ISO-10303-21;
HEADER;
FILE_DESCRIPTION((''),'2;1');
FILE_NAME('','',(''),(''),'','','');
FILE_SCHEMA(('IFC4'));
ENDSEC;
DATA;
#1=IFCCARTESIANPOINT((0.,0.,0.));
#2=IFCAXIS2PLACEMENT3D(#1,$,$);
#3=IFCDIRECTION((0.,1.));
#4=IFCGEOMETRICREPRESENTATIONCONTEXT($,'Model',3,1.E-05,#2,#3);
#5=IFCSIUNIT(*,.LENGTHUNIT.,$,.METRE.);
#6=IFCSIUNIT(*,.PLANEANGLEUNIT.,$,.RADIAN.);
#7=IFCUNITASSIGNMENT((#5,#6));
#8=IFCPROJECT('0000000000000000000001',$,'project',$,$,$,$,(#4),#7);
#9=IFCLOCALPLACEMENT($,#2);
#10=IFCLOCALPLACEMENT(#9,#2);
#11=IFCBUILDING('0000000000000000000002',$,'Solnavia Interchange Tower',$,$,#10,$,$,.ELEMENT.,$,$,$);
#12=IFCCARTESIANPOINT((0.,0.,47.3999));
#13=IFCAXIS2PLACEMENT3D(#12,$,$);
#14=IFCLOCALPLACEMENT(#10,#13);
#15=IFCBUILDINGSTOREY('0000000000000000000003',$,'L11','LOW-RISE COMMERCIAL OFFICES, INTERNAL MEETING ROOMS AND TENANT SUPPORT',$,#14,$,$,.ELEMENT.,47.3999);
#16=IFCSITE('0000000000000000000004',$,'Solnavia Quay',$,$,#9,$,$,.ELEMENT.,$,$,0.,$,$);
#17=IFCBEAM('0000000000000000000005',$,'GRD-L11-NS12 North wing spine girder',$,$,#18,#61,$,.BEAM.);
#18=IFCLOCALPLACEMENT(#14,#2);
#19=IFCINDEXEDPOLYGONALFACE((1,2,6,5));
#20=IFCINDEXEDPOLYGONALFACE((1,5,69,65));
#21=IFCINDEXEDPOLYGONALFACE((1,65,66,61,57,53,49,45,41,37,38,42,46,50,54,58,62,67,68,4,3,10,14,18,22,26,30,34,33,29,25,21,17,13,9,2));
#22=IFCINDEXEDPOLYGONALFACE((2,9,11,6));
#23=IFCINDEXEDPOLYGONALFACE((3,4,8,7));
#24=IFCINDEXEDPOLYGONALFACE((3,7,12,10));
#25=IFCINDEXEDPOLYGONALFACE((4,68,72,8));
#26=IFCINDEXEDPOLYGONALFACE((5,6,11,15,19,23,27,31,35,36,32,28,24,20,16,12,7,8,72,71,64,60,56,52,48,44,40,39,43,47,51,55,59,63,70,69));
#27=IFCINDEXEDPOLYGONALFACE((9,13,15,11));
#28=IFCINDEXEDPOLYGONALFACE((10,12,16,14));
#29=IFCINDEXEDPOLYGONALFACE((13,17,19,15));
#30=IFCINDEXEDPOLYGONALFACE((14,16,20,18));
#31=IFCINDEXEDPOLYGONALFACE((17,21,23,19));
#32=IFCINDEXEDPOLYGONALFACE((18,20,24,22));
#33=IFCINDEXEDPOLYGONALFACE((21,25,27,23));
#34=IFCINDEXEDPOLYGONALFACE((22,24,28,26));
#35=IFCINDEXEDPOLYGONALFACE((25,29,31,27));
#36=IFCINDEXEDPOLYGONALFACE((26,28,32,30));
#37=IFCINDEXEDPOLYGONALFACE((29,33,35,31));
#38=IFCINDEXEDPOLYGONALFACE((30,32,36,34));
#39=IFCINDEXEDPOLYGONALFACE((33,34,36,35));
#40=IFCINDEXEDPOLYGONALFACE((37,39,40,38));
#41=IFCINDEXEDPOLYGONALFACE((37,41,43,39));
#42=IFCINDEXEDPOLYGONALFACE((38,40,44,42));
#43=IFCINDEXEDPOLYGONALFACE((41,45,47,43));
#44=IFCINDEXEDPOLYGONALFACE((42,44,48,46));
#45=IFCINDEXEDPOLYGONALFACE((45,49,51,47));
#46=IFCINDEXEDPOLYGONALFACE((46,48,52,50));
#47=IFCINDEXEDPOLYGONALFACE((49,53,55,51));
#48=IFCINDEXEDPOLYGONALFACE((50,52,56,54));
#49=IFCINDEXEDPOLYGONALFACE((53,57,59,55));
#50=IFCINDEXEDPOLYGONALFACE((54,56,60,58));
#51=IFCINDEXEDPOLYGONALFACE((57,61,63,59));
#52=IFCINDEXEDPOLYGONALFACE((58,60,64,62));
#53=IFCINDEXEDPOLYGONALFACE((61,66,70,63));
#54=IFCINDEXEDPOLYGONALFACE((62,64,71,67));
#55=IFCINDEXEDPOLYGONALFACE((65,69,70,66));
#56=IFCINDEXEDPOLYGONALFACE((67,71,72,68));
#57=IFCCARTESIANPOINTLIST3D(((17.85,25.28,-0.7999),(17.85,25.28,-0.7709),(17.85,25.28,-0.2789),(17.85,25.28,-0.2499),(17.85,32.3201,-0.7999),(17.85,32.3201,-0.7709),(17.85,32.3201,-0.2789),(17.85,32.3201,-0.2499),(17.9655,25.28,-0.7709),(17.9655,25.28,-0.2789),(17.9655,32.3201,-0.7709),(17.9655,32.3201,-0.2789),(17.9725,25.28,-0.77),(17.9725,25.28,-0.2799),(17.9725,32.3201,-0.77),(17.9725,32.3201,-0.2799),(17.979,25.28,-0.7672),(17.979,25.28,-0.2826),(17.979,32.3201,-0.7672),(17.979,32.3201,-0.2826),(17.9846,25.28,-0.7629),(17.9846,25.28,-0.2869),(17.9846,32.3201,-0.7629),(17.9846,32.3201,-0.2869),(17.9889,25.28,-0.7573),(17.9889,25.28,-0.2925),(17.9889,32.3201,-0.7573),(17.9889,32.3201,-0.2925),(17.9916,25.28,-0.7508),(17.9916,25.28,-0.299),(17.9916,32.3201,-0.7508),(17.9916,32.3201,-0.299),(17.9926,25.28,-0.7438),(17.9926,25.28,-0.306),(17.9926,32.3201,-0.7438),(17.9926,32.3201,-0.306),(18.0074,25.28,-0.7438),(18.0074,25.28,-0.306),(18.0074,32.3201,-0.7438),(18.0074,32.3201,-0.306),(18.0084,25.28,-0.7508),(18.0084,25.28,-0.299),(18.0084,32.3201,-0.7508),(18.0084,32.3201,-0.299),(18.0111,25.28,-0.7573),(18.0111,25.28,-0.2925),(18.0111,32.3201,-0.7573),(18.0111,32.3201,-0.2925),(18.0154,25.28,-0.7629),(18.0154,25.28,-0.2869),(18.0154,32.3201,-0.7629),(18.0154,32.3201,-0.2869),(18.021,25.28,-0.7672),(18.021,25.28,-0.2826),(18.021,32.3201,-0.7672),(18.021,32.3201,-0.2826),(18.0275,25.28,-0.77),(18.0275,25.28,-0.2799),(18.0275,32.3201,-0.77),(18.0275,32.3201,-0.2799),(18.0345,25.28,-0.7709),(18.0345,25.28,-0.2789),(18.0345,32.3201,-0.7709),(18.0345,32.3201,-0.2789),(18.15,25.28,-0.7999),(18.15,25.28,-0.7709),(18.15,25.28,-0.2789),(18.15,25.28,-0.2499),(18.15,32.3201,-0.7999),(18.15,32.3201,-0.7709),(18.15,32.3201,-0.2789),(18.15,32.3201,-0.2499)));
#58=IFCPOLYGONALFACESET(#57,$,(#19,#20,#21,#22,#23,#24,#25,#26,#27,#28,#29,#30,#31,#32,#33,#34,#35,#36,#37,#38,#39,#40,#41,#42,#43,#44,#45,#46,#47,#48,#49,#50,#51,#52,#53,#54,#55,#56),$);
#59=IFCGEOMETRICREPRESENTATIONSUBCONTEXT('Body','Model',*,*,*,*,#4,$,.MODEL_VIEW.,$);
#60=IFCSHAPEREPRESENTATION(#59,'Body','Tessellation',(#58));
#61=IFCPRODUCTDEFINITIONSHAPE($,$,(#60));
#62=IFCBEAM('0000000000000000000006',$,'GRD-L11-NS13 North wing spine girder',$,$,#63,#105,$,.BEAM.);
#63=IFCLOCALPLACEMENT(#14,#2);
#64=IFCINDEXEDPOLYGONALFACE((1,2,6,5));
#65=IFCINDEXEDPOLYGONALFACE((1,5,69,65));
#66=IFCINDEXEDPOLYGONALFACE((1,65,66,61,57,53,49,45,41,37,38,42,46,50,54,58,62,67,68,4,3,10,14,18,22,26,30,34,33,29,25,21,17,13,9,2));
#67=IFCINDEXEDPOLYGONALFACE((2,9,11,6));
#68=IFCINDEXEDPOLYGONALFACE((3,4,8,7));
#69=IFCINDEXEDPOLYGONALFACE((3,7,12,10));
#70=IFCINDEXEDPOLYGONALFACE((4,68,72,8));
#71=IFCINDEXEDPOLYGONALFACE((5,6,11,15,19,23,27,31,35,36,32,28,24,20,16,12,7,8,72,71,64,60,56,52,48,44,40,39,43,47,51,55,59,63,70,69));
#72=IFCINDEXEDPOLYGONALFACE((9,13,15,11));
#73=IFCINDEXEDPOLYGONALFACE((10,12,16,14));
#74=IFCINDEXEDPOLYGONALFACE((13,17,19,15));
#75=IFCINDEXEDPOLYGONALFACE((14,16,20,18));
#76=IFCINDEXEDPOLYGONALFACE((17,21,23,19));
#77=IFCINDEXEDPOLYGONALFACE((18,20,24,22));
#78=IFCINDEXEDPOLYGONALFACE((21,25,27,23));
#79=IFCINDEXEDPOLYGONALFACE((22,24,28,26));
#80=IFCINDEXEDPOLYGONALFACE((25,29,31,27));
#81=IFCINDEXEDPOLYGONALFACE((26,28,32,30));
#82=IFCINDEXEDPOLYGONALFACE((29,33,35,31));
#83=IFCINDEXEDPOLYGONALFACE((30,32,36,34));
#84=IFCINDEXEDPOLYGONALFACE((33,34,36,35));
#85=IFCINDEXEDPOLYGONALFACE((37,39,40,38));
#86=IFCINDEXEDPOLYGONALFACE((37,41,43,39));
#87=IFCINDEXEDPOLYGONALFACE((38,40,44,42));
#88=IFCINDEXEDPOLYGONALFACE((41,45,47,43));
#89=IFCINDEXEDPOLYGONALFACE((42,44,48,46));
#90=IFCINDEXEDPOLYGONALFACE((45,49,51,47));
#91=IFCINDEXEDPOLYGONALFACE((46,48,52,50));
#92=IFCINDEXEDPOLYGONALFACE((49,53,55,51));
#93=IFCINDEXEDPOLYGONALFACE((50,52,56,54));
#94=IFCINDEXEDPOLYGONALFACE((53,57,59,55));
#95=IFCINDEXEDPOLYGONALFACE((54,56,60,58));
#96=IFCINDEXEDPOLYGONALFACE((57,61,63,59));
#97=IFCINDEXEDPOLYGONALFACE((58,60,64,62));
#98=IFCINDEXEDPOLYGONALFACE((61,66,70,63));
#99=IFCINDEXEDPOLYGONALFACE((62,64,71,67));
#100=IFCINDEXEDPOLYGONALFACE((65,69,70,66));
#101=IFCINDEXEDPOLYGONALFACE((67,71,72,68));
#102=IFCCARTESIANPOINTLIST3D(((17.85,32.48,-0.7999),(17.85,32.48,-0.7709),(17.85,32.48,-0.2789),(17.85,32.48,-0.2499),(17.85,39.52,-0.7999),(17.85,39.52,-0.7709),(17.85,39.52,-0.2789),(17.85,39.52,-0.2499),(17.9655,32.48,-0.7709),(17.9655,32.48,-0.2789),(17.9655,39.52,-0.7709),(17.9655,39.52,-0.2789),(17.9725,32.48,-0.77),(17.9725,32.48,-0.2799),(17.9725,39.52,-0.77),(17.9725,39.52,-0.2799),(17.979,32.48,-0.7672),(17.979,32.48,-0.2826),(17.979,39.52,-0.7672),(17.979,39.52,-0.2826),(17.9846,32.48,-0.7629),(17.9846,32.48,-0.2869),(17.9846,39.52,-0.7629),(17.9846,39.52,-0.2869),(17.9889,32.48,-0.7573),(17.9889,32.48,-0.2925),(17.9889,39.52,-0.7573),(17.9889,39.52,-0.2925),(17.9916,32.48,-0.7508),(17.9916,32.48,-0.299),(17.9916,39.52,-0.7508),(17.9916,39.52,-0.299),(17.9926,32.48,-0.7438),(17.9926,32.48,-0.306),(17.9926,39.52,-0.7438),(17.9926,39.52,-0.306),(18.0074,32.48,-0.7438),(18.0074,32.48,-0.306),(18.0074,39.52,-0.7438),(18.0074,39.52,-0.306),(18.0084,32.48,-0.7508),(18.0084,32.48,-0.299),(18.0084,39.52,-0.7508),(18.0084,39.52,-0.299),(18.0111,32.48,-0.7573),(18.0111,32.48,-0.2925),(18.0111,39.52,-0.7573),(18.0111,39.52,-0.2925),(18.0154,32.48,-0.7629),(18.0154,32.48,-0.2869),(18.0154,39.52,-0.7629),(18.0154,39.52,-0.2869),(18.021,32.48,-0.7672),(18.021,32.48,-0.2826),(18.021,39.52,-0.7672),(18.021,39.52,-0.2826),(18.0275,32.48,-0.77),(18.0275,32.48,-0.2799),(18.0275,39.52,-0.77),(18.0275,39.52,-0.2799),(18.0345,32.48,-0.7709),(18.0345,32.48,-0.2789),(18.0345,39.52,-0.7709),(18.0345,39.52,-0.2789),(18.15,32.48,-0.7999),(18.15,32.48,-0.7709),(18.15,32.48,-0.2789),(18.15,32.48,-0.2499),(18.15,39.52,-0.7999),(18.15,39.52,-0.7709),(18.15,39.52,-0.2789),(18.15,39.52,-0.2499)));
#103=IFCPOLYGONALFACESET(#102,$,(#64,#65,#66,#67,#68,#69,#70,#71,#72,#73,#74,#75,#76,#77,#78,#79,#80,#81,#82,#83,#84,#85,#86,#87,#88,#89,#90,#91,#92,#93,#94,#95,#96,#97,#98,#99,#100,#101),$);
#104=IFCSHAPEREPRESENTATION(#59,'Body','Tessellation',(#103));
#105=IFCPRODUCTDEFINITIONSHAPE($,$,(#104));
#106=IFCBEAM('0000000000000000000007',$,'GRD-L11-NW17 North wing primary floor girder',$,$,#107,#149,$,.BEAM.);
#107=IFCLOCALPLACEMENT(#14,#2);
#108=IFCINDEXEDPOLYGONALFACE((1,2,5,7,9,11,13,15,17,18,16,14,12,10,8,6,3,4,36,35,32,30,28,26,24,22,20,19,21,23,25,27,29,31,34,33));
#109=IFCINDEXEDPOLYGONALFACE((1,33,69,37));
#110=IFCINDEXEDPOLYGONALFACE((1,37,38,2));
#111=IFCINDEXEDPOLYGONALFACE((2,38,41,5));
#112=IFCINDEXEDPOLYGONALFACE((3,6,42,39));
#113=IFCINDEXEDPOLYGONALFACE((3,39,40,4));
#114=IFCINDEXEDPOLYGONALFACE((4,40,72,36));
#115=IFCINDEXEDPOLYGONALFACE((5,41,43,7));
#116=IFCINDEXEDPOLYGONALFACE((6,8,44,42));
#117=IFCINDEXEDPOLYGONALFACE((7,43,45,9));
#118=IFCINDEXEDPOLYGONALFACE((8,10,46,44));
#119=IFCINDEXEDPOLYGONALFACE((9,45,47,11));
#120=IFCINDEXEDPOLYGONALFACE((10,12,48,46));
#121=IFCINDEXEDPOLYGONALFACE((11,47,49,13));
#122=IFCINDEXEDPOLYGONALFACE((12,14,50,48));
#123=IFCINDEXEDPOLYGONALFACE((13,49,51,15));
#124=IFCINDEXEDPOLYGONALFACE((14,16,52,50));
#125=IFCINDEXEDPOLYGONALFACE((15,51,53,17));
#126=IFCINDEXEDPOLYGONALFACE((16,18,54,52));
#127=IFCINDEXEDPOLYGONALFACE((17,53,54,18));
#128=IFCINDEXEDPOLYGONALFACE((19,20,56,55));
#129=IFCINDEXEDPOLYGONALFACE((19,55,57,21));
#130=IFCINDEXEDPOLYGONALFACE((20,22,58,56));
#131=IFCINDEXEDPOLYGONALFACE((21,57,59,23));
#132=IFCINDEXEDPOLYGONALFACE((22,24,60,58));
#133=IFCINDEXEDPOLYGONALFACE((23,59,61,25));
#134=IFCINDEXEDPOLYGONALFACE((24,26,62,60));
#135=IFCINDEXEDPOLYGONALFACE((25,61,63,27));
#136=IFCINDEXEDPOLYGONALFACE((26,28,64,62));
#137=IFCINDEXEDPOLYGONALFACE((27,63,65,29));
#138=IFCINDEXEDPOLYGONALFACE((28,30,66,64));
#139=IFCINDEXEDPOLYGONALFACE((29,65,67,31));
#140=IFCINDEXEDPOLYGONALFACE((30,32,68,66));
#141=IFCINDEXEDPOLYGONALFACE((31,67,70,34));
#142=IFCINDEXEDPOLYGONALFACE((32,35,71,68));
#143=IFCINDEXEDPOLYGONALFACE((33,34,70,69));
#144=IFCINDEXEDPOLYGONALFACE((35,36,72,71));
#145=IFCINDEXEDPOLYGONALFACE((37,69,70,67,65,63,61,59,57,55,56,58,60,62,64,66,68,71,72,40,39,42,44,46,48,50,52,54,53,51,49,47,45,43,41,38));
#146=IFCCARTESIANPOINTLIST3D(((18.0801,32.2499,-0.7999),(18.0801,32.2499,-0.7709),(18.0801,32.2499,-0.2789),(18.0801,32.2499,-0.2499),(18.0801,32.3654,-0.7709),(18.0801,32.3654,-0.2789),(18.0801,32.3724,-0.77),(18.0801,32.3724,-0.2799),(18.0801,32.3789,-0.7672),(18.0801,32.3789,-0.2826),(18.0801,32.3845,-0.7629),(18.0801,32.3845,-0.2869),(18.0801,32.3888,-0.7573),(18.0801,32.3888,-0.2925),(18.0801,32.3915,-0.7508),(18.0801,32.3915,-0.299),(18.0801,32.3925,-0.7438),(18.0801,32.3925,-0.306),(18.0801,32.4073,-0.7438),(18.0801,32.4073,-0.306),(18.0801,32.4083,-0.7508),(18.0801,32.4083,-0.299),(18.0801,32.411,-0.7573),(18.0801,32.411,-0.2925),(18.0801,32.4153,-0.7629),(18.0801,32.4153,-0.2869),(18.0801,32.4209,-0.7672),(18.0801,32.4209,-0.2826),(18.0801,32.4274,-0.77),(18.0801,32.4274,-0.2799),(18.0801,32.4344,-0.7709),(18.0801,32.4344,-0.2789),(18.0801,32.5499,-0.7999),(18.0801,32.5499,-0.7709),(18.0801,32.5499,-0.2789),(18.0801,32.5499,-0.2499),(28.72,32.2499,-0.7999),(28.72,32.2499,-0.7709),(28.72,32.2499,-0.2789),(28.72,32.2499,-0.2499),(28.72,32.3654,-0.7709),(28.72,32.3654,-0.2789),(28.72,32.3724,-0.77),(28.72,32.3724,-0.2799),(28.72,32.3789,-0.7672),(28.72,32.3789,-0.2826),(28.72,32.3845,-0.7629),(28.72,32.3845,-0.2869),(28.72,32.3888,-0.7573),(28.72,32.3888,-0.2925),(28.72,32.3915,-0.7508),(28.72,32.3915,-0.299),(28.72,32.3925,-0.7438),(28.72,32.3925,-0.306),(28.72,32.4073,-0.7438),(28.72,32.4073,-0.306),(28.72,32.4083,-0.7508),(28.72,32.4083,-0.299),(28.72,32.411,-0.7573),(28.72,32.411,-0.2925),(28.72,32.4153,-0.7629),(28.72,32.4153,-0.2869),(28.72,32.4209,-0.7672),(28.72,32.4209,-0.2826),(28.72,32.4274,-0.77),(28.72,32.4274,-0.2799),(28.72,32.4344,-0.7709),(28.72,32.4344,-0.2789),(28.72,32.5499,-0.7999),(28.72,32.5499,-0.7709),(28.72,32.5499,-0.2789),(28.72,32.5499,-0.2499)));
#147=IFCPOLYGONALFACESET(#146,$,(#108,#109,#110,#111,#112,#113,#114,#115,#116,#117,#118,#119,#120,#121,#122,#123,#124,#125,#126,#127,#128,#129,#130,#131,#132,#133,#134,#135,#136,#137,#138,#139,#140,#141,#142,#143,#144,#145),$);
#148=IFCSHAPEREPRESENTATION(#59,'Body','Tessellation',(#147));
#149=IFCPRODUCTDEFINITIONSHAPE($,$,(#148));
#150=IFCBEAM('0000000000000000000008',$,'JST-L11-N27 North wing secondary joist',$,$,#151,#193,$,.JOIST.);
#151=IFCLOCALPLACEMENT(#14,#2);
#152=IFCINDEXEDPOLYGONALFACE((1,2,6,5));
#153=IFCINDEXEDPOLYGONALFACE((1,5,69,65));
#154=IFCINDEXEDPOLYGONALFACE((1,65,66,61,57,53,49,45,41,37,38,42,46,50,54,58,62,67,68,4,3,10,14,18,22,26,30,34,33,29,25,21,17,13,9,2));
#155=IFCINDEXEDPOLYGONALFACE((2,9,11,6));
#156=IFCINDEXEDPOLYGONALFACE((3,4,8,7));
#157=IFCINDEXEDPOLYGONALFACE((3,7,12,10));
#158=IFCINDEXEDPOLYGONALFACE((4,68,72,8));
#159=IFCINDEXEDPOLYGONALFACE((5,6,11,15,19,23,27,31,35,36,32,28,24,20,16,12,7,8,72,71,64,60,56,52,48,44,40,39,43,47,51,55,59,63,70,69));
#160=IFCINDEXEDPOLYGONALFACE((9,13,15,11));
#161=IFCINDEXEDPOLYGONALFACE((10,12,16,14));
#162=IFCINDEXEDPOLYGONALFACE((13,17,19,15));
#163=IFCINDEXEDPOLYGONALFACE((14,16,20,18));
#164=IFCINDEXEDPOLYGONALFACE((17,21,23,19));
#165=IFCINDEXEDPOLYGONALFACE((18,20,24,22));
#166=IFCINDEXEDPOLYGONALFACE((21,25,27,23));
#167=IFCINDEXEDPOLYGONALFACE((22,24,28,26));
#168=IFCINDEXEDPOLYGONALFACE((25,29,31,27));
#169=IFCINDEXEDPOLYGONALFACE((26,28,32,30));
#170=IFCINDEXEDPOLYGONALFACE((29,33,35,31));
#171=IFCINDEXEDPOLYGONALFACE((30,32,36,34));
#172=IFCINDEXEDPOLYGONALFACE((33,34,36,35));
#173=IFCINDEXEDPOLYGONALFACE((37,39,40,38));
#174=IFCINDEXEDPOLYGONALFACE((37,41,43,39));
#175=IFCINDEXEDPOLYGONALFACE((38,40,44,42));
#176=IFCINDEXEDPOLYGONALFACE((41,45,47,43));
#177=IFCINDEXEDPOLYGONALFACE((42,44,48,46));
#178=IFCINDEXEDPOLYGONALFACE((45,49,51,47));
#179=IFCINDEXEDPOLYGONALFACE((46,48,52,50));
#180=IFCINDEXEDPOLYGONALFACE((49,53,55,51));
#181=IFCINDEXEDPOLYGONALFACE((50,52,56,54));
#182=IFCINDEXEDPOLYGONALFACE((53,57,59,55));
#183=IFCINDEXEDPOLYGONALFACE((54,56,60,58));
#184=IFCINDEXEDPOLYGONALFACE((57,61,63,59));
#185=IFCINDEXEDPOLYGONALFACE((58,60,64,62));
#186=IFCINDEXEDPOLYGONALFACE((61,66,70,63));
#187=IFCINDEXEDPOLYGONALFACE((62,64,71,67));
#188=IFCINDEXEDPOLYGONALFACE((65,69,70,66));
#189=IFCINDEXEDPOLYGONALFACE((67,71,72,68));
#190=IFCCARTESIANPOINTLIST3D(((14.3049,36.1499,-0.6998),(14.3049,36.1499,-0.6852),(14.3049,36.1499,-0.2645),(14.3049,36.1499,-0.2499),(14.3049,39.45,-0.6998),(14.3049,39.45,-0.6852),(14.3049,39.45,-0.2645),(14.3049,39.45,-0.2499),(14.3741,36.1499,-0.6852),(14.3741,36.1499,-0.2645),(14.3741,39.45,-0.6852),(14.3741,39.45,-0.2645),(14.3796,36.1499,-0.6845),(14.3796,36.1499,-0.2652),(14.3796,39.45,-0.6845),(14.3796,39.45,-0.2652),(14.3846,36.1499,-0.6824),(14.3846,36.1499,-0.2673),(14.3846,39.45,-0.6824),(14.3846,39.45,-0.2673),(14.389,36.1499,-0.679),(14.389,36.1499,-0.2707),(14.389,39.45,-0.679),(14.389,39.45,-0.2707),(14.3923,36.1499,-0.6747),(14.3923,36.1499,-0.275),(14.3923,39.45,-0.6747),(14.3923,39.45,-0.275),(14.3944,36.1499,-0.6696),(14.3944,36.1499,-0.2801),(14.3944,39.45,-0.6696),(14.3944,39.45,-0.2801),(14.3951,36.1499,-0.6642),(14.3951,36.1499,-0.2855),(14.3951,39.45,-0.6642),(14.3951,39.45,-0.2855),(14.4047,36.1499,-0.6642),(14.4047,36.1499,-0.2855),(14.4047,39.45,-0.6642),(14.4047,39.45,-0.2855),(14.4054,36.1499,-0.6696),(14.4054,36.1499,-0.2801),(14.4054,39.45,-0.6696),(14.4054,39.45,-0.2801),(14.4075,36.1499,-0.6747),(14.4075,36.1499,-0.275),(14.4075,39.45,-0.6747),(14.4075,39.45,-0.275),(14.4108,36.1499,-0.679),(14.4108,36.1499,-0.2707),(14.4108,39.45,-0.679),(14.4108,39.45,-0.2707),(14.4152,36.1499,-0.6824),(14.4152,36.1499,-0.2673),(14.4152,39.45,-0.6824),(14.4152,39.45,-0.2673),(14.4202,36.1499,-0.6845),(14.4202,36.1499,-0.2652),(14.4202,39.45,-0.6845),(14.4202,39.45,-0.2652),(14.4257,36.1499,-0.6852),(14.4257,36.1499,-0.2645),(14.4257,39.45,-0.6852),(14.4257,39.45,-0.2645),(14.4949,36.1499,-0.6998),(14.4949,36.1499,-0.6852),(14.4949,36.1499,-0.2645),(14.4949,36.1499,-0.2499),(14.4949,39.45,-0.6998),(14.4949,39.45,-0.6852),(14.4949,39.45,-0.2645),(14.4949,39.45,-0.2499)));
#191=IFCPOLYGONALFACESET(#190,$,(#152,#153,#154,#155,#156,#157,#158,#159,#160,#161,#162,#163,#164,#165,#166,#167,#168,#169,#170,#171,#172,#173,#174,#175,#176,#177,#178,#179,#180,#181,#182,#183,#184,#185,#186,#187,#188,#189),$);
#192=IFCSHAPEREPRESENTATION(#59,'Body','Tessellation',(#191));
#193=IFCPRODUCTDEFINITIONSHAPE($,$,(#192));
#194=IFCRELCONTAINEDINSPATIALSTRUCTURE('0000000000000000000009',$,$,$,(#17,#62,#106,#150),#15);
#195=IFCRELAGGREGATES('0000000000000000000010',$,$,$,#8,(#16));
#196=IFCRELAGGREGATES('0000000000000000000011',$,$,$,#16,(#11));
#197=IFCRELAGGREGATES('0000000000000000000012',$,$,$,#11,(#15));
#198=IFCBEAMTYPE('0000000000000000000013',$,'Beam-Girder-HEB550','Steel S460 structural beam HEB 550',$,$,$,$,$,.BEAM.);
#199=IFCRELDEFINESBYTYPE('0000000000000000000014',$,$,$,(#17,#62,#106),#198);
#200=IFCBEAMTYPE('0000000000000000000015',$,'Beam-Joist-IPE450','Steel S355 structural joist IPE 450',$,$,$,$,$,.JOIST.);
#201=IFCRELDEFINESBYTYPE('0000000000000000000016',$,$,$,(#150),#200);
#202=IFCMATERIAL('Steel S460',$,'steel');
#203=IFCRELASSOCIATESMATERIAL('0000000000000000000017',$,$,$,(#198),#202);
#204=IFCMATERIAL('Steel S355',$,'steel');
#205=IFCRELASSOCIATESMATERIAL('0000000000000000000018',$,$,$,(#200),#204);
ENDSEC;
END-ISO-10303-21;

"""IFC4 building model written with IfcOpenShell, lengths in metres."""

from ifc_helpers import new_model, si_unit, direction, frame, origin, origin_2d, place, context, subcontext, project, spatial, i_section, extrude, material, material_profile, profile_set, type_object, element, save


model = new_model("IFC4")

# Units and contexts
model_context = context("Model", 3, precision=1e-05, world=origin(), true_north=direction((0.0, 1.0)))
body_context = subcontext(model_context, "Body", "Model", "MODEL_VIEW")
ifc_project = project(units=[si_unit("LENGTHUNIT", "METRE"), si_unit("PLANEANGLEUNIT", "RADIAN")], contexts=[model_context])

# Site, building, storey
site_placement = place(None, origin())
site = spatial("IfcSite", under=ifc_project, at=site_placement, Name="Solnavia Quay", CompositionType="ELEMENT", RefElevation=0.0)
building_placement = place(site_placement, origin())
building = spatial("IfcBuilding", under=site, at=building_placement, Name="Solnavia Interchange Tower", CompositionType="ELEMENT")
storey_placement = place(building_placement, frame((0.0, 0.0, 47.3999)))
storey = spatial("IfcBuildingStorey", under=building, at=storey_placement, Name="L11", Description="LOW-RISE COMMERCIAL OFFICES, INTERNAL MEETING ROOMS AND TENANT SUPPORT", CompositionType="ELEMENT", Elevation=47.3999)

# Shared definitions
ifc_material_1 = material(Name="Steel S355", Category="steel")

# Beams
ifc_material_2 = material(Name="Steel S460", Category="steel")
ifc_material_profile_1 = material_profile(ifc_material_2, i_section(OverallWidth=0.3, OverallDepth=0.55, WebThickness=0.0149, FlangeThickness=0.0291, FilletRadius=0.0271, at=origin_2d()), Name="HEB 550")
ifc_profile_set_1 = profile_set([ifc_material_profile_1], Name="Steel S460")
beam_type_1 = type_object("IfcBeamType", Name="Beam-Girder-HEB550", Description="Steel S460 structural beam HEB 550", PredefinedType="BEAM", material=ifc_profile_set_1)
for number, where, z_axis, x_axis, name in (
    (1, (18.0, 25.28, -0.5249), (0.0, 1.0, 0.0), (-1.0, 0.0, 0.0), "GRD-L11-NS12 North wing spine girder"),
    (2, (18.0, 32.48, -0.5249), (0.0, 1.0, 0.0), (-1.0, 0.0, 0.0), "GRD-L11-NS13 North wing spine girder"),
):
    element("IfcBeam", number, at=place(storey_placement, frame(where, z_axis=z_axis, x_axis=x_axis)), inside=storey, type_object=beam_type_1, Name=name, PredefinedType="BEAM", context=body_context, shape_type="SweptSolid", body=[
        extrude(i_section(OverallWidth=0.3, OverallDepth=0.55, WebThickness=0.0149, FlangeThickness=0.0291, FilletRadius=0.0271, at=origin_2d()), origin(), (0.0, 0.0, 1.0), 7.04),
    ])
beam_placement = place(storey_placement, frame((18.0801, 32.3999, -0.5249), z_axis=(1.0, 0.0, 0.0), x_axis=(0.0, 1.0, 0.0)))
element("IfcBeam", 3, at=beam_placement, inside=storey, type_object=beam_type_1, Name="GRD-L11-NW17 North wing primary floor girder", PredefinedType="BEAM", context=body_context, shape_type="SweptSolid", body=[
    extrude(i_section(OverallWidth=0.3, OverallDepth=0.55, WebThickness=0.0149, FlangeThickness=0.0291, FilletRadius=0.0271, at=origin_2d()), origin(), (0.0, 0.0, 1.0), 10.6399),
])
ifc_material_profile_2 = material_profile(ifc_material_1, i_section(OverallWidth=0.1899, OverallDepth=0.45, WebThickness=0.0095, FlangeThickness=0.0146, FilletRadius=0.021, at=origin_2d()), Name="IPE 450")
ifc_profile_set_2 = profile_set([ifc_material_profile_2], Name="Steel S355")
beam_type_2 = type_object("IfcBeamType", Name="Beam-Joist-IPE450", Description="Steel S355 structural joist IPE 450", PredefinedType="JOIST", material=ifc_profile_set_2)
for number, where, z_axis, x_axis, name in (
    (4, (14.3999, 36.1499, -0.4749), (0.0, 1.0, 0.0), (-1.0, 0.0, 0.0), "JST-L11-N27 North wing secondary joist"),
):
    element("IfcBeam", number, at=place(storey_placement, frame(where, z_axis=z_axis, x_axis=x_axis)), inside=storey, type_object=beam_type_2, Name=name, PredefinedType="JOIST", context=body_context, shape_type="SweptSolid", body=[
        extrude(i_section(OverallWidth=0.1899, OverallDepth=0.45, WebThickness=0.0095, FlangeThickness=0.0146, FilletRadius=0.021, at=origin_2d()), origin(), (0.0, 0.0, 1.0), 3.3),
    ])

save(model, "model.ifc")
